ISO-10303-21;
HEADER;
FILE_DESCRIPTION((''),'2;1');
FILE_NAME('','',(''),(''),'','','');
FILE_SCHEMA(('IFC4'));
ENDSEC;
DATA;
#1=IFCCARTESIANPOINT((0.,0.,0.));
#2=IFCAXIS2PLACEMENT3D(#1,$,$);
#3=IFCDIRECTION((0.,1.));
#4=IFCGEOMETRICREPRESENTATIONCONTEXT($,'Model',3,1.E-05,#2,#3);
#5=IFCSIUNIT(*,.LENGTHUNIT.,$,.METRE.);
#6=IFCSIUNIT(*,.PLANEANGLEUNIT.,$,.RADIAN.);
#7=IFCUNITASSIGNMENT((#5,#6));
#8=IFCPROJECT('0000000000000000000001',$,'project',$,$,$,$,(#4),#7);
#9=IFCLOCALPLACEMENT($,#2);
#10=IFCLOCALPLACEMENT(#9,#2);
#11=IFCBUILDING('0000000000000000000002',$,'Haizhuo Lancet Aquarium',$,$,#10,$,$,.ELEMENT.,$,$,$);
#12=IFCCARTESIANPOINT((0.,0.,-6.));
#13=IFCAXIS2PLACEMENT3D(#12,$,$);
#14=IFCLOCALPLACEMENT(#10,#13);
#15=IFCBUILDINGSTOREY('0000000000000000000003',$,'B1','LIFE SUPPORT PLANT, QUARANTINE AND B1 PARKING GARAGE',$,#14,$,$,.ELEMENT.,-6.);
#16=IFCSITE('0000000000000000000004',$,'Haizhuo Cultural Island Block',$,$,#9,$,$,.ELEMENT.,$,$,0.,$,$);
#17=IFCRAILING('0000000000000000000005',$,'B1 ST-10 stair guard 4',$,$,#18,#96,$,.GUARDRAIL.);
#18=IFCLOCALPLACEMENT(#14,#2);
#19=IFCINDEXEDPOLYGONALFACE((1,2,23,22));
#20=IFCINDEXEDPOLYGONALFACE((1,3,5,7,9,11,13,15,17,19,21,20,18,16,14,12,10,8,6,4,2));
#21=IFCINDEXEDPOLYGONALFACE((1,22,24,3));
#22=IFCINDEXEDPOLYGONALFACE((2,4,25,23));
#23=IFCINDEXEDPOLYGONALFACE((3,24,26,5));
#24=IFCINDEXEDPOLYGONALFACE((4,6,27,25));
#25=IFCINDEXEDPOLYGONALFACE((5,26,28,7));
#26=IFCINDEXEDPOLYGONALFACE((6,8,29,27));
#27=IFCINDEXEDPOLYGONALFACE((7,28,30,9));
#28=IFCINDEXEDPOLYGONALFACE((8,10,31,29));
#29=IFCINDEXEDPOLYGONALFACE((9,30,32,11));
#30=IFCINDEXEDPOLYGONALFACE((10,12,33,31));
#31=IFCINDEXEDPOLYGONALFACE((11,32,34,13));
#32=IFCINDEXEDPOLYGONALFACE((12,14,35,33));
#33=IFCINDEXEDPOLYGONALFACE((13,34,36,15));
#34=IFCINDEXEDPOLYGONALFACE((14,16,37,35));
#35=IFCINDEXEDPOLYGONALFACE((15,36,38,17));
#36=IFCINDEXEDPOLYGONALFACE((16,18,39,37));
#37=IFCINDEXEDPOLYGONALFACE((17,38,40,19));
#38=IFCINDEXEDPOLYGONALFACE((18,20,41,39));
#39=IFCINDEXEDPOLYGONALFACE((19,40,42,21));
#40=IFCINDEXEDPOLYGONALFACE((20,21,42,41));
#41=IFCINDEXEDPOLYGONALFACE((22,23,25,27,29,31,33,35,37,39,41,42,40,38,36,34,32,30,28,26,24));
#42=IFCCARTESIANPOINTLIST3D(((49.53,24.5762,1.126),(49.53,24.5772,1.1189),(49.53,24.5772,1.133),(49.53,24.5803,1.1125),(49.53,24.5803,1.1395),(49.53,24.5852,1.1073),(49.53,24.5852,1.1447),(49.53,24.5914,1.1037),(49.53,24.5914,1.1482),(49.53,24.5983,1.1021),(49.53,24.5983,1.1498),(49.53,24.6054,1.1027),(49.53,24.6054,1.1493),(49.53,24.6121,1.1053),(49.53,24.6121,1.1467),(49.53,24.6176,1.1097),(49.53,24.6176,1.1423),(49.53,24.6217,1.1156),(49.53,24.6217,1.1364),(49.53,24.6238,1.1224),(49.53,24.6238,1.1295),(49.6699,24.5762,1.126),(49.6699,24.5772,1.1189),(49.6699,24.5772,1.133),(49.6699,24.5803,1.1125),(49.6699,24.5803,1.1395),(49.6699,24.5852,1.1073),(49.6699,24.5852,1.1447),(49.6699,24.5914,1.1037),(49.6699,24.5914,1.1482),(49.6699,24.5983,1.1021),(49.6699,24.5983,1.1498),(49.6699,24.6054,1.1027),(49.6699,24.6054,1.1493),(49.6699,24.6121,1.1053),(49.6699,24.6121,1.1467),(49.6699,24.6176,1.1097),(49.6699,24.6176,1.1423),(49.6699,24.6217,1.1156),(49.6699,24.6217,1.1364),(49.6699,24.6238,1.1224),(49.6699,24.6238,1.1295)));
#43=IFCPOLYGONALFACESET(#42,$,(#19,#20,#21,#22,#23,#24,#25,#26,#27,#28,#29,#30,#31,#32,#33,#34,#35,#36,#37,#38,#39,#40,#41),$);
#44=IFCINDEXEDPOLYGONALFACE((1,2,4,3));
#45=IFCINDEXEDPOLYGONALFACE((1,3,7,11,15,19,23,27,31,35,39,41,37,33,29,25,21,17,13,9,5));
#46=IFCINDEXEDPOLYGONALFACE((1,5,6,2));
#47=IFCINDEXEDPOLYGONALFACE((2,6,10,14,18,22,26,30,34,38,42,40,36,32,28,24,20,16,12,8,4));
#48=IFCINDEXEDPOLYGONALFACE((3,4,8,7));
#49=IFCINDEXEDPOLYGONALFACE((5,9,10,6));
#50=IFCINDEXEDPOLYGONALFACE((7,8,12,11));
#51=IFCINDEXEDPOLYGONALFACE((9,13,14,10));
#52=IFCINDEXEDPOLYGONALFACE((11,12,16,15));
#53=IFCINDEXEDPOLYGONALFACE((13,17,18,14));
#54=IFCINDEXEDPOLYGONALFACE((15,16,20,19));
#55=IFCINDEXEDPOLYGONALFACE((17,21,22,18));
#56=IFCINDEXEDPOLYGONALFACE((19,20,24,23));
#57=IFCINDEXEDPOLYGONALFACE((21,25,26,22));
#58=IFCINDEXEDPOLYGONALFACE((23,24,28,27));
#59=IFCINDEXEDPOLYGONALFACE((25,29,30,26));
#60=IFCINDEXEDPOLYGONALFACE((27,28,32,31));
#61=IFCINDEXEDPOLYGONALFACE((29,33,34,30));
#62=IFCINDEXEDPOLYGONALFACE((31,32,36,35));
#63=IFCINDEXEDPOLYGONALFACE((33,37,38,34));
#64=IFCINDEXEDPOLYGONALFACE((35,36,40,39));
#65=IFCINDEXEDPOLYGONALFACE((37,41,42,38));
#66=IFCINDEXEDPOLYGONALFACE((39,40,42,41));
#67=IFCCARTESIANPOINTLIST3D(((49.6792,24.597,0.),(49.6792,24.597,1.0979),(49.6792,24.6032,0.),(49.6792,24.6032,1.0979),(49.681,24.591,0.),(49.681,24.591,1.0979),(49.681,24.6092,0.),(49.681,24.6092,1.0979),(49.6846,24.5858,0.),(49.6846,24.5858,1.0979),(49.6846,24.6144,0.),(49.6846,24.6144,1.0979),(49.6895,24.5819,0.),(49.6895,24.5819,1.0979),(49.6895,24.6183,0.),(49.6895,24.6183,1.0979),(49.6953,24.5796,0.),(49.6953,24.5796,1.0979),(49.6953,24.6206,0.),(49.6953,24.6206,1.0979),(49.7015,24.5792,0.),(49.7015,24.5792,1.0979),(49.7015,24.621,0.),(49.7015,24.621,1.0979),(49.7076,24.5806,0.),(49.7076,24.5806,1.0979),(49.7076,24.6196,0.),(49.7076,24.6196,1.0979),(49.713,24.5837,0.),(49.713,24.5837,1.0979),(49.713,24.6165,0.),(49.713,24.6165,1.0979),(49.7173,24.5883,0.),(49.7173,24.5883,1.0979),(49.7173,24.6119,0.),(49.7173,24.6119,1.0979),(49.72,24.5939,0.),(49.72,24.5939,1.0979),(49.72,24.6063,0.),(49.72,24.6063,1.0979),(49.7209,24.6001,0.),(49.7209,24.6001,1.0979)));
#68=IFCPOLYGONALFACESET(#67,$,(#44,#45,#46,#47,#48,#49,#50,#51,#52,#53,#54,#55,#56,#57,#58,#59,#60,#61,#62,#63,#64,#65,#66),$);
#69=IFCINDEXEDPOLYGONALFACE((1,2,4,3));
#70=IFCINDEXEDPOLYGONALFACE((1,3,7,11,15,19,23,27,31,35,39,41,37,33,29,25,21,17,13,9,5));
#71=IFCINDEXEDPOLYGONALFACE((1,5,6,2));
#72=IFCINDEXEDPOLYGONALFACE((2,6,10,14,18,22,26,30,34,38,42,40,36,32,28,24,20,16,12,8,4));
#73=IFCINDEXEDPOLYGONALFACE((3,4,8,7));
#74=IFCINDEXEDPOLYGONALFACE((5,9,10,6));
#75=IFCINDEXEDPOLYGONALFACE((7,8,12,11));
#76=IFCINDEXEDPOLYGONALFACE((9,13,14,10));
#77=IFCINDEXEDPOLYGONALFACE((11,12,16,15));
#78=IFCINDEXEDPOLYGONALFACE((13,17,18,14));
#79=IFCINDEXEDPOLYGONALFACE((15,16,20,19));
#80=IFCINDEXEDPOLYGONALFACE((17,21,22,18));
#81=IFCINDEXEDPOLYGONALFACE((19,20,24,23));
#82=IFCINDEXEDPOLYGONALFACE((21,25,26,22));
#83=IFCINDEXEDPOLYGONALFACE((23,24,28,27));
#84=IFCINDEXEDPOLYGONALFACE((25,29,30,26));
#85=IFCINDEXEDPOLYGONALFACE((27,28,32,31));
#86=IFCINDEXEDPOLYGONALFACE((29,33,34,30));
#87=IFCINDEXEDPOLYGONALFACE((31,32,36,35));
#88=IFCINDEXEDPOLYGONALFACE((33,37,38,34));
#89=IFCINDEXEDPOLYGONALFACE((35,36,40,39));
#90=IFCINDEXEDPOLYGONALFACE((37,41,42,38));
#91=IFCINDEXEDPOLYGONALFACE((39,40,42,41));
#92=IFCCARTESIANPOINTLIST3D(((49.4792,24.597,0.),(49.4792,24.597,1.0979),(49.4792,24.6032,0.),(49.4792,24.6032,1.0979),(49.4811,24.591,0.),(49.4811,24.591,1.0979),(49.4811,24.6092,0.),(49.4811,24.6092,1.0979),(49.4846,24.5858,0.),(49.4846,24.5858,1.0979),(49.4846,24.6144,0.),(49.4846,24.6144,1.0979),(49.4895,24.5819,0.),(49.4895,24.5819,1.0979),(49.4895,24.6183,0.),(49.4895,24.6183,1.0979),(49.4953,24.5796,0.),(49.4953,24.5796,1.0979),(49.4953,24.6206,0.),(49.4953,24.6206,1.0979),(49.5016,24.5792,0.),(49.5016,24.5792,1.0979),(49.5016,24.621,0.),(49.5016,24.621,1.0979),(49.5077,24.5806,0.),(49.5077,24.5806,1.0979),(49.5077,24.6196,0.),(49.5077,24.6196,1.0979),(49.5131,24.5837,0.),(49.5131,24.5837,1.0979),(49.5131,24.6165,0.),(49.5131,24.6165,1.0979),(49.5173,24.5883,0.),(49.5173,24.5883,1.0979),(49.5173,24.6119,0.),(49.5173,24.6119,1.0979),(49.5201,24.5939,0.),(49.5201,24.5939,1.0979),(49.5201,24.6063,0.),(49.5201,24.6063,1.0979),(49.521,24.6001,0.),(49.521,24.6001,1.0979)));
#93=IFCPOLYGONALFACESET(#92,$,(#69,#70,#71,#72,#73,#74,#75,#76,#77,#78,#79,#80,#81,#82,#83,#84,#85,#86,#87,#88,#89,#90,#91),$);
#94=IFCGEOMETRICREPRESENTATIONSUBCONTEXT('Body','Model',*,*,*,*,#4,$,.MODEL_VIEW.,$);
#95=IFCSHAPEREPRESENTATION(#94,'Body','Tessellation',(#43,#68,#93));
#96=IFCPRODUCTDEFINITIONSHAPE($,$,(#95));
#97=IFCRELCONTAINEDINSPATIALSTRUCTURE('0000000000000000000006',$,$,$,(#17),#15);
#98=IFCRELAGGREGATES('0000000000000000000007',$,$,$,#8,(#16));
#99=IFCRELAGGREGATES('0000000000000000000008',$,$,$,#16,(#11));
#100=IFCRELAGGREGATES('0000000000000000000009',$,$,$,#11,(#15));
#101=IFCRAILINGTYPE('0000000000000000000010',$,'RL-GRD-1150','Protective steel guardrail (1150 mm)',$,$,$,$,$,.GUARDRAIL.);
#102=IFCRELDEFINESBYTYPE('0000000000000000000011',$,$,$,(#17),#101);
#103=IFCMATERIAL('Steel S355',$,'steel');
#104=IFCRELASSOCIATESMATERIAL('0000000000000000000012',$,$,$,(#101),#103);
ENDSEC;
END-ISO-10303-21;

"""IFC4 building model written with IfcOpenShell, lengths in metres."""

from ifc_helpers import new_model, si_unit, direction, frame, origin, origin_2d, place, context, subcontext, project, spatial, circle, extrude, material, type_object, element, save


model = new_model("IFC4")

# Units and contexts
model_context = context("Model", 3, precision=1e-05, world=origin(), true_north=direction((0.0, 1.0)))
body_context = subcontext(model_context, "Body", "Model", "MODEL_VIEW")
ifc_project = project(units=[si_unit("LENGTHUNIT", "METRE"), si_unit("PLANEANGLEUNIT", "RADIAN")], contexts=[model_context])

# Site, building, storey
site_placement = place(None, origin())
site = spatial("IfcSite", under=ifc_project, at=site_placement, Name="Haizhuo Cultural Island Block", CompositionType="ELEMENT", RefElevation=0.0)
building_placement = place(site_placement, origin())
building = spatial("IfcBuilding", under=site, at=building_placement, Name="Haizhuo Lancet Aquarium", CompositionType="ELEMENT")
storey_placement = place(building_placement, frame((0.0, 0.0, -6.0)))
storey = spatial("IfcBuildingStorey", under=building, at=storey_placement, Name="B1", Description="LIFE SUPPORT PLANT, QUARANTINE AND B1 PARKING GARAGE", CompositionType="ELEMENT", Elevation=-6.0)

# Shared definitions
ifc_material_1 = material(Name="Steel S355", Category="steel")

# Railing
railing_type_1 = type_object("IfcRailingType", Name="RL-GRD-1150", Description="Protective steel guardrail (1150 mm)", PredefinedType="GUARDRAIL", material=ifc_material_1)
railing_1_placement = place(storey_placement, frame((49.7, 24.6001, 0.0)))
element("IfcRailing", 1, at=railing_1_placement, inside=storey, type_object=railing_type_1, Name="B1 ST-10 stair guard 4", PredefinedType="GUARDRAIL", context=body_context, shape_type="SweptSolid", body=[
    extrude(circle(Radius=0.0239, at=origin_2d()), frame((-0.03, 0.0, 1.126), z_axis=(-1.0, 0.0, 0.0), x_axis=(0.0, -1.0, 0.0)), (0.0, 0.0, 1.0), 0.1399),
    extrude(circle(Radius=0.021, at=origin_2d()), origin(), (0.0, 0.0, 1.0), 1.0979),
    extrude(circle(Radius=0.021, at=origin_2d()), frame((-0.2, 0.0, 0.0)), (0.0, 0.0, 1.0), 1.0979),
])

save(model, "model.ifc")
